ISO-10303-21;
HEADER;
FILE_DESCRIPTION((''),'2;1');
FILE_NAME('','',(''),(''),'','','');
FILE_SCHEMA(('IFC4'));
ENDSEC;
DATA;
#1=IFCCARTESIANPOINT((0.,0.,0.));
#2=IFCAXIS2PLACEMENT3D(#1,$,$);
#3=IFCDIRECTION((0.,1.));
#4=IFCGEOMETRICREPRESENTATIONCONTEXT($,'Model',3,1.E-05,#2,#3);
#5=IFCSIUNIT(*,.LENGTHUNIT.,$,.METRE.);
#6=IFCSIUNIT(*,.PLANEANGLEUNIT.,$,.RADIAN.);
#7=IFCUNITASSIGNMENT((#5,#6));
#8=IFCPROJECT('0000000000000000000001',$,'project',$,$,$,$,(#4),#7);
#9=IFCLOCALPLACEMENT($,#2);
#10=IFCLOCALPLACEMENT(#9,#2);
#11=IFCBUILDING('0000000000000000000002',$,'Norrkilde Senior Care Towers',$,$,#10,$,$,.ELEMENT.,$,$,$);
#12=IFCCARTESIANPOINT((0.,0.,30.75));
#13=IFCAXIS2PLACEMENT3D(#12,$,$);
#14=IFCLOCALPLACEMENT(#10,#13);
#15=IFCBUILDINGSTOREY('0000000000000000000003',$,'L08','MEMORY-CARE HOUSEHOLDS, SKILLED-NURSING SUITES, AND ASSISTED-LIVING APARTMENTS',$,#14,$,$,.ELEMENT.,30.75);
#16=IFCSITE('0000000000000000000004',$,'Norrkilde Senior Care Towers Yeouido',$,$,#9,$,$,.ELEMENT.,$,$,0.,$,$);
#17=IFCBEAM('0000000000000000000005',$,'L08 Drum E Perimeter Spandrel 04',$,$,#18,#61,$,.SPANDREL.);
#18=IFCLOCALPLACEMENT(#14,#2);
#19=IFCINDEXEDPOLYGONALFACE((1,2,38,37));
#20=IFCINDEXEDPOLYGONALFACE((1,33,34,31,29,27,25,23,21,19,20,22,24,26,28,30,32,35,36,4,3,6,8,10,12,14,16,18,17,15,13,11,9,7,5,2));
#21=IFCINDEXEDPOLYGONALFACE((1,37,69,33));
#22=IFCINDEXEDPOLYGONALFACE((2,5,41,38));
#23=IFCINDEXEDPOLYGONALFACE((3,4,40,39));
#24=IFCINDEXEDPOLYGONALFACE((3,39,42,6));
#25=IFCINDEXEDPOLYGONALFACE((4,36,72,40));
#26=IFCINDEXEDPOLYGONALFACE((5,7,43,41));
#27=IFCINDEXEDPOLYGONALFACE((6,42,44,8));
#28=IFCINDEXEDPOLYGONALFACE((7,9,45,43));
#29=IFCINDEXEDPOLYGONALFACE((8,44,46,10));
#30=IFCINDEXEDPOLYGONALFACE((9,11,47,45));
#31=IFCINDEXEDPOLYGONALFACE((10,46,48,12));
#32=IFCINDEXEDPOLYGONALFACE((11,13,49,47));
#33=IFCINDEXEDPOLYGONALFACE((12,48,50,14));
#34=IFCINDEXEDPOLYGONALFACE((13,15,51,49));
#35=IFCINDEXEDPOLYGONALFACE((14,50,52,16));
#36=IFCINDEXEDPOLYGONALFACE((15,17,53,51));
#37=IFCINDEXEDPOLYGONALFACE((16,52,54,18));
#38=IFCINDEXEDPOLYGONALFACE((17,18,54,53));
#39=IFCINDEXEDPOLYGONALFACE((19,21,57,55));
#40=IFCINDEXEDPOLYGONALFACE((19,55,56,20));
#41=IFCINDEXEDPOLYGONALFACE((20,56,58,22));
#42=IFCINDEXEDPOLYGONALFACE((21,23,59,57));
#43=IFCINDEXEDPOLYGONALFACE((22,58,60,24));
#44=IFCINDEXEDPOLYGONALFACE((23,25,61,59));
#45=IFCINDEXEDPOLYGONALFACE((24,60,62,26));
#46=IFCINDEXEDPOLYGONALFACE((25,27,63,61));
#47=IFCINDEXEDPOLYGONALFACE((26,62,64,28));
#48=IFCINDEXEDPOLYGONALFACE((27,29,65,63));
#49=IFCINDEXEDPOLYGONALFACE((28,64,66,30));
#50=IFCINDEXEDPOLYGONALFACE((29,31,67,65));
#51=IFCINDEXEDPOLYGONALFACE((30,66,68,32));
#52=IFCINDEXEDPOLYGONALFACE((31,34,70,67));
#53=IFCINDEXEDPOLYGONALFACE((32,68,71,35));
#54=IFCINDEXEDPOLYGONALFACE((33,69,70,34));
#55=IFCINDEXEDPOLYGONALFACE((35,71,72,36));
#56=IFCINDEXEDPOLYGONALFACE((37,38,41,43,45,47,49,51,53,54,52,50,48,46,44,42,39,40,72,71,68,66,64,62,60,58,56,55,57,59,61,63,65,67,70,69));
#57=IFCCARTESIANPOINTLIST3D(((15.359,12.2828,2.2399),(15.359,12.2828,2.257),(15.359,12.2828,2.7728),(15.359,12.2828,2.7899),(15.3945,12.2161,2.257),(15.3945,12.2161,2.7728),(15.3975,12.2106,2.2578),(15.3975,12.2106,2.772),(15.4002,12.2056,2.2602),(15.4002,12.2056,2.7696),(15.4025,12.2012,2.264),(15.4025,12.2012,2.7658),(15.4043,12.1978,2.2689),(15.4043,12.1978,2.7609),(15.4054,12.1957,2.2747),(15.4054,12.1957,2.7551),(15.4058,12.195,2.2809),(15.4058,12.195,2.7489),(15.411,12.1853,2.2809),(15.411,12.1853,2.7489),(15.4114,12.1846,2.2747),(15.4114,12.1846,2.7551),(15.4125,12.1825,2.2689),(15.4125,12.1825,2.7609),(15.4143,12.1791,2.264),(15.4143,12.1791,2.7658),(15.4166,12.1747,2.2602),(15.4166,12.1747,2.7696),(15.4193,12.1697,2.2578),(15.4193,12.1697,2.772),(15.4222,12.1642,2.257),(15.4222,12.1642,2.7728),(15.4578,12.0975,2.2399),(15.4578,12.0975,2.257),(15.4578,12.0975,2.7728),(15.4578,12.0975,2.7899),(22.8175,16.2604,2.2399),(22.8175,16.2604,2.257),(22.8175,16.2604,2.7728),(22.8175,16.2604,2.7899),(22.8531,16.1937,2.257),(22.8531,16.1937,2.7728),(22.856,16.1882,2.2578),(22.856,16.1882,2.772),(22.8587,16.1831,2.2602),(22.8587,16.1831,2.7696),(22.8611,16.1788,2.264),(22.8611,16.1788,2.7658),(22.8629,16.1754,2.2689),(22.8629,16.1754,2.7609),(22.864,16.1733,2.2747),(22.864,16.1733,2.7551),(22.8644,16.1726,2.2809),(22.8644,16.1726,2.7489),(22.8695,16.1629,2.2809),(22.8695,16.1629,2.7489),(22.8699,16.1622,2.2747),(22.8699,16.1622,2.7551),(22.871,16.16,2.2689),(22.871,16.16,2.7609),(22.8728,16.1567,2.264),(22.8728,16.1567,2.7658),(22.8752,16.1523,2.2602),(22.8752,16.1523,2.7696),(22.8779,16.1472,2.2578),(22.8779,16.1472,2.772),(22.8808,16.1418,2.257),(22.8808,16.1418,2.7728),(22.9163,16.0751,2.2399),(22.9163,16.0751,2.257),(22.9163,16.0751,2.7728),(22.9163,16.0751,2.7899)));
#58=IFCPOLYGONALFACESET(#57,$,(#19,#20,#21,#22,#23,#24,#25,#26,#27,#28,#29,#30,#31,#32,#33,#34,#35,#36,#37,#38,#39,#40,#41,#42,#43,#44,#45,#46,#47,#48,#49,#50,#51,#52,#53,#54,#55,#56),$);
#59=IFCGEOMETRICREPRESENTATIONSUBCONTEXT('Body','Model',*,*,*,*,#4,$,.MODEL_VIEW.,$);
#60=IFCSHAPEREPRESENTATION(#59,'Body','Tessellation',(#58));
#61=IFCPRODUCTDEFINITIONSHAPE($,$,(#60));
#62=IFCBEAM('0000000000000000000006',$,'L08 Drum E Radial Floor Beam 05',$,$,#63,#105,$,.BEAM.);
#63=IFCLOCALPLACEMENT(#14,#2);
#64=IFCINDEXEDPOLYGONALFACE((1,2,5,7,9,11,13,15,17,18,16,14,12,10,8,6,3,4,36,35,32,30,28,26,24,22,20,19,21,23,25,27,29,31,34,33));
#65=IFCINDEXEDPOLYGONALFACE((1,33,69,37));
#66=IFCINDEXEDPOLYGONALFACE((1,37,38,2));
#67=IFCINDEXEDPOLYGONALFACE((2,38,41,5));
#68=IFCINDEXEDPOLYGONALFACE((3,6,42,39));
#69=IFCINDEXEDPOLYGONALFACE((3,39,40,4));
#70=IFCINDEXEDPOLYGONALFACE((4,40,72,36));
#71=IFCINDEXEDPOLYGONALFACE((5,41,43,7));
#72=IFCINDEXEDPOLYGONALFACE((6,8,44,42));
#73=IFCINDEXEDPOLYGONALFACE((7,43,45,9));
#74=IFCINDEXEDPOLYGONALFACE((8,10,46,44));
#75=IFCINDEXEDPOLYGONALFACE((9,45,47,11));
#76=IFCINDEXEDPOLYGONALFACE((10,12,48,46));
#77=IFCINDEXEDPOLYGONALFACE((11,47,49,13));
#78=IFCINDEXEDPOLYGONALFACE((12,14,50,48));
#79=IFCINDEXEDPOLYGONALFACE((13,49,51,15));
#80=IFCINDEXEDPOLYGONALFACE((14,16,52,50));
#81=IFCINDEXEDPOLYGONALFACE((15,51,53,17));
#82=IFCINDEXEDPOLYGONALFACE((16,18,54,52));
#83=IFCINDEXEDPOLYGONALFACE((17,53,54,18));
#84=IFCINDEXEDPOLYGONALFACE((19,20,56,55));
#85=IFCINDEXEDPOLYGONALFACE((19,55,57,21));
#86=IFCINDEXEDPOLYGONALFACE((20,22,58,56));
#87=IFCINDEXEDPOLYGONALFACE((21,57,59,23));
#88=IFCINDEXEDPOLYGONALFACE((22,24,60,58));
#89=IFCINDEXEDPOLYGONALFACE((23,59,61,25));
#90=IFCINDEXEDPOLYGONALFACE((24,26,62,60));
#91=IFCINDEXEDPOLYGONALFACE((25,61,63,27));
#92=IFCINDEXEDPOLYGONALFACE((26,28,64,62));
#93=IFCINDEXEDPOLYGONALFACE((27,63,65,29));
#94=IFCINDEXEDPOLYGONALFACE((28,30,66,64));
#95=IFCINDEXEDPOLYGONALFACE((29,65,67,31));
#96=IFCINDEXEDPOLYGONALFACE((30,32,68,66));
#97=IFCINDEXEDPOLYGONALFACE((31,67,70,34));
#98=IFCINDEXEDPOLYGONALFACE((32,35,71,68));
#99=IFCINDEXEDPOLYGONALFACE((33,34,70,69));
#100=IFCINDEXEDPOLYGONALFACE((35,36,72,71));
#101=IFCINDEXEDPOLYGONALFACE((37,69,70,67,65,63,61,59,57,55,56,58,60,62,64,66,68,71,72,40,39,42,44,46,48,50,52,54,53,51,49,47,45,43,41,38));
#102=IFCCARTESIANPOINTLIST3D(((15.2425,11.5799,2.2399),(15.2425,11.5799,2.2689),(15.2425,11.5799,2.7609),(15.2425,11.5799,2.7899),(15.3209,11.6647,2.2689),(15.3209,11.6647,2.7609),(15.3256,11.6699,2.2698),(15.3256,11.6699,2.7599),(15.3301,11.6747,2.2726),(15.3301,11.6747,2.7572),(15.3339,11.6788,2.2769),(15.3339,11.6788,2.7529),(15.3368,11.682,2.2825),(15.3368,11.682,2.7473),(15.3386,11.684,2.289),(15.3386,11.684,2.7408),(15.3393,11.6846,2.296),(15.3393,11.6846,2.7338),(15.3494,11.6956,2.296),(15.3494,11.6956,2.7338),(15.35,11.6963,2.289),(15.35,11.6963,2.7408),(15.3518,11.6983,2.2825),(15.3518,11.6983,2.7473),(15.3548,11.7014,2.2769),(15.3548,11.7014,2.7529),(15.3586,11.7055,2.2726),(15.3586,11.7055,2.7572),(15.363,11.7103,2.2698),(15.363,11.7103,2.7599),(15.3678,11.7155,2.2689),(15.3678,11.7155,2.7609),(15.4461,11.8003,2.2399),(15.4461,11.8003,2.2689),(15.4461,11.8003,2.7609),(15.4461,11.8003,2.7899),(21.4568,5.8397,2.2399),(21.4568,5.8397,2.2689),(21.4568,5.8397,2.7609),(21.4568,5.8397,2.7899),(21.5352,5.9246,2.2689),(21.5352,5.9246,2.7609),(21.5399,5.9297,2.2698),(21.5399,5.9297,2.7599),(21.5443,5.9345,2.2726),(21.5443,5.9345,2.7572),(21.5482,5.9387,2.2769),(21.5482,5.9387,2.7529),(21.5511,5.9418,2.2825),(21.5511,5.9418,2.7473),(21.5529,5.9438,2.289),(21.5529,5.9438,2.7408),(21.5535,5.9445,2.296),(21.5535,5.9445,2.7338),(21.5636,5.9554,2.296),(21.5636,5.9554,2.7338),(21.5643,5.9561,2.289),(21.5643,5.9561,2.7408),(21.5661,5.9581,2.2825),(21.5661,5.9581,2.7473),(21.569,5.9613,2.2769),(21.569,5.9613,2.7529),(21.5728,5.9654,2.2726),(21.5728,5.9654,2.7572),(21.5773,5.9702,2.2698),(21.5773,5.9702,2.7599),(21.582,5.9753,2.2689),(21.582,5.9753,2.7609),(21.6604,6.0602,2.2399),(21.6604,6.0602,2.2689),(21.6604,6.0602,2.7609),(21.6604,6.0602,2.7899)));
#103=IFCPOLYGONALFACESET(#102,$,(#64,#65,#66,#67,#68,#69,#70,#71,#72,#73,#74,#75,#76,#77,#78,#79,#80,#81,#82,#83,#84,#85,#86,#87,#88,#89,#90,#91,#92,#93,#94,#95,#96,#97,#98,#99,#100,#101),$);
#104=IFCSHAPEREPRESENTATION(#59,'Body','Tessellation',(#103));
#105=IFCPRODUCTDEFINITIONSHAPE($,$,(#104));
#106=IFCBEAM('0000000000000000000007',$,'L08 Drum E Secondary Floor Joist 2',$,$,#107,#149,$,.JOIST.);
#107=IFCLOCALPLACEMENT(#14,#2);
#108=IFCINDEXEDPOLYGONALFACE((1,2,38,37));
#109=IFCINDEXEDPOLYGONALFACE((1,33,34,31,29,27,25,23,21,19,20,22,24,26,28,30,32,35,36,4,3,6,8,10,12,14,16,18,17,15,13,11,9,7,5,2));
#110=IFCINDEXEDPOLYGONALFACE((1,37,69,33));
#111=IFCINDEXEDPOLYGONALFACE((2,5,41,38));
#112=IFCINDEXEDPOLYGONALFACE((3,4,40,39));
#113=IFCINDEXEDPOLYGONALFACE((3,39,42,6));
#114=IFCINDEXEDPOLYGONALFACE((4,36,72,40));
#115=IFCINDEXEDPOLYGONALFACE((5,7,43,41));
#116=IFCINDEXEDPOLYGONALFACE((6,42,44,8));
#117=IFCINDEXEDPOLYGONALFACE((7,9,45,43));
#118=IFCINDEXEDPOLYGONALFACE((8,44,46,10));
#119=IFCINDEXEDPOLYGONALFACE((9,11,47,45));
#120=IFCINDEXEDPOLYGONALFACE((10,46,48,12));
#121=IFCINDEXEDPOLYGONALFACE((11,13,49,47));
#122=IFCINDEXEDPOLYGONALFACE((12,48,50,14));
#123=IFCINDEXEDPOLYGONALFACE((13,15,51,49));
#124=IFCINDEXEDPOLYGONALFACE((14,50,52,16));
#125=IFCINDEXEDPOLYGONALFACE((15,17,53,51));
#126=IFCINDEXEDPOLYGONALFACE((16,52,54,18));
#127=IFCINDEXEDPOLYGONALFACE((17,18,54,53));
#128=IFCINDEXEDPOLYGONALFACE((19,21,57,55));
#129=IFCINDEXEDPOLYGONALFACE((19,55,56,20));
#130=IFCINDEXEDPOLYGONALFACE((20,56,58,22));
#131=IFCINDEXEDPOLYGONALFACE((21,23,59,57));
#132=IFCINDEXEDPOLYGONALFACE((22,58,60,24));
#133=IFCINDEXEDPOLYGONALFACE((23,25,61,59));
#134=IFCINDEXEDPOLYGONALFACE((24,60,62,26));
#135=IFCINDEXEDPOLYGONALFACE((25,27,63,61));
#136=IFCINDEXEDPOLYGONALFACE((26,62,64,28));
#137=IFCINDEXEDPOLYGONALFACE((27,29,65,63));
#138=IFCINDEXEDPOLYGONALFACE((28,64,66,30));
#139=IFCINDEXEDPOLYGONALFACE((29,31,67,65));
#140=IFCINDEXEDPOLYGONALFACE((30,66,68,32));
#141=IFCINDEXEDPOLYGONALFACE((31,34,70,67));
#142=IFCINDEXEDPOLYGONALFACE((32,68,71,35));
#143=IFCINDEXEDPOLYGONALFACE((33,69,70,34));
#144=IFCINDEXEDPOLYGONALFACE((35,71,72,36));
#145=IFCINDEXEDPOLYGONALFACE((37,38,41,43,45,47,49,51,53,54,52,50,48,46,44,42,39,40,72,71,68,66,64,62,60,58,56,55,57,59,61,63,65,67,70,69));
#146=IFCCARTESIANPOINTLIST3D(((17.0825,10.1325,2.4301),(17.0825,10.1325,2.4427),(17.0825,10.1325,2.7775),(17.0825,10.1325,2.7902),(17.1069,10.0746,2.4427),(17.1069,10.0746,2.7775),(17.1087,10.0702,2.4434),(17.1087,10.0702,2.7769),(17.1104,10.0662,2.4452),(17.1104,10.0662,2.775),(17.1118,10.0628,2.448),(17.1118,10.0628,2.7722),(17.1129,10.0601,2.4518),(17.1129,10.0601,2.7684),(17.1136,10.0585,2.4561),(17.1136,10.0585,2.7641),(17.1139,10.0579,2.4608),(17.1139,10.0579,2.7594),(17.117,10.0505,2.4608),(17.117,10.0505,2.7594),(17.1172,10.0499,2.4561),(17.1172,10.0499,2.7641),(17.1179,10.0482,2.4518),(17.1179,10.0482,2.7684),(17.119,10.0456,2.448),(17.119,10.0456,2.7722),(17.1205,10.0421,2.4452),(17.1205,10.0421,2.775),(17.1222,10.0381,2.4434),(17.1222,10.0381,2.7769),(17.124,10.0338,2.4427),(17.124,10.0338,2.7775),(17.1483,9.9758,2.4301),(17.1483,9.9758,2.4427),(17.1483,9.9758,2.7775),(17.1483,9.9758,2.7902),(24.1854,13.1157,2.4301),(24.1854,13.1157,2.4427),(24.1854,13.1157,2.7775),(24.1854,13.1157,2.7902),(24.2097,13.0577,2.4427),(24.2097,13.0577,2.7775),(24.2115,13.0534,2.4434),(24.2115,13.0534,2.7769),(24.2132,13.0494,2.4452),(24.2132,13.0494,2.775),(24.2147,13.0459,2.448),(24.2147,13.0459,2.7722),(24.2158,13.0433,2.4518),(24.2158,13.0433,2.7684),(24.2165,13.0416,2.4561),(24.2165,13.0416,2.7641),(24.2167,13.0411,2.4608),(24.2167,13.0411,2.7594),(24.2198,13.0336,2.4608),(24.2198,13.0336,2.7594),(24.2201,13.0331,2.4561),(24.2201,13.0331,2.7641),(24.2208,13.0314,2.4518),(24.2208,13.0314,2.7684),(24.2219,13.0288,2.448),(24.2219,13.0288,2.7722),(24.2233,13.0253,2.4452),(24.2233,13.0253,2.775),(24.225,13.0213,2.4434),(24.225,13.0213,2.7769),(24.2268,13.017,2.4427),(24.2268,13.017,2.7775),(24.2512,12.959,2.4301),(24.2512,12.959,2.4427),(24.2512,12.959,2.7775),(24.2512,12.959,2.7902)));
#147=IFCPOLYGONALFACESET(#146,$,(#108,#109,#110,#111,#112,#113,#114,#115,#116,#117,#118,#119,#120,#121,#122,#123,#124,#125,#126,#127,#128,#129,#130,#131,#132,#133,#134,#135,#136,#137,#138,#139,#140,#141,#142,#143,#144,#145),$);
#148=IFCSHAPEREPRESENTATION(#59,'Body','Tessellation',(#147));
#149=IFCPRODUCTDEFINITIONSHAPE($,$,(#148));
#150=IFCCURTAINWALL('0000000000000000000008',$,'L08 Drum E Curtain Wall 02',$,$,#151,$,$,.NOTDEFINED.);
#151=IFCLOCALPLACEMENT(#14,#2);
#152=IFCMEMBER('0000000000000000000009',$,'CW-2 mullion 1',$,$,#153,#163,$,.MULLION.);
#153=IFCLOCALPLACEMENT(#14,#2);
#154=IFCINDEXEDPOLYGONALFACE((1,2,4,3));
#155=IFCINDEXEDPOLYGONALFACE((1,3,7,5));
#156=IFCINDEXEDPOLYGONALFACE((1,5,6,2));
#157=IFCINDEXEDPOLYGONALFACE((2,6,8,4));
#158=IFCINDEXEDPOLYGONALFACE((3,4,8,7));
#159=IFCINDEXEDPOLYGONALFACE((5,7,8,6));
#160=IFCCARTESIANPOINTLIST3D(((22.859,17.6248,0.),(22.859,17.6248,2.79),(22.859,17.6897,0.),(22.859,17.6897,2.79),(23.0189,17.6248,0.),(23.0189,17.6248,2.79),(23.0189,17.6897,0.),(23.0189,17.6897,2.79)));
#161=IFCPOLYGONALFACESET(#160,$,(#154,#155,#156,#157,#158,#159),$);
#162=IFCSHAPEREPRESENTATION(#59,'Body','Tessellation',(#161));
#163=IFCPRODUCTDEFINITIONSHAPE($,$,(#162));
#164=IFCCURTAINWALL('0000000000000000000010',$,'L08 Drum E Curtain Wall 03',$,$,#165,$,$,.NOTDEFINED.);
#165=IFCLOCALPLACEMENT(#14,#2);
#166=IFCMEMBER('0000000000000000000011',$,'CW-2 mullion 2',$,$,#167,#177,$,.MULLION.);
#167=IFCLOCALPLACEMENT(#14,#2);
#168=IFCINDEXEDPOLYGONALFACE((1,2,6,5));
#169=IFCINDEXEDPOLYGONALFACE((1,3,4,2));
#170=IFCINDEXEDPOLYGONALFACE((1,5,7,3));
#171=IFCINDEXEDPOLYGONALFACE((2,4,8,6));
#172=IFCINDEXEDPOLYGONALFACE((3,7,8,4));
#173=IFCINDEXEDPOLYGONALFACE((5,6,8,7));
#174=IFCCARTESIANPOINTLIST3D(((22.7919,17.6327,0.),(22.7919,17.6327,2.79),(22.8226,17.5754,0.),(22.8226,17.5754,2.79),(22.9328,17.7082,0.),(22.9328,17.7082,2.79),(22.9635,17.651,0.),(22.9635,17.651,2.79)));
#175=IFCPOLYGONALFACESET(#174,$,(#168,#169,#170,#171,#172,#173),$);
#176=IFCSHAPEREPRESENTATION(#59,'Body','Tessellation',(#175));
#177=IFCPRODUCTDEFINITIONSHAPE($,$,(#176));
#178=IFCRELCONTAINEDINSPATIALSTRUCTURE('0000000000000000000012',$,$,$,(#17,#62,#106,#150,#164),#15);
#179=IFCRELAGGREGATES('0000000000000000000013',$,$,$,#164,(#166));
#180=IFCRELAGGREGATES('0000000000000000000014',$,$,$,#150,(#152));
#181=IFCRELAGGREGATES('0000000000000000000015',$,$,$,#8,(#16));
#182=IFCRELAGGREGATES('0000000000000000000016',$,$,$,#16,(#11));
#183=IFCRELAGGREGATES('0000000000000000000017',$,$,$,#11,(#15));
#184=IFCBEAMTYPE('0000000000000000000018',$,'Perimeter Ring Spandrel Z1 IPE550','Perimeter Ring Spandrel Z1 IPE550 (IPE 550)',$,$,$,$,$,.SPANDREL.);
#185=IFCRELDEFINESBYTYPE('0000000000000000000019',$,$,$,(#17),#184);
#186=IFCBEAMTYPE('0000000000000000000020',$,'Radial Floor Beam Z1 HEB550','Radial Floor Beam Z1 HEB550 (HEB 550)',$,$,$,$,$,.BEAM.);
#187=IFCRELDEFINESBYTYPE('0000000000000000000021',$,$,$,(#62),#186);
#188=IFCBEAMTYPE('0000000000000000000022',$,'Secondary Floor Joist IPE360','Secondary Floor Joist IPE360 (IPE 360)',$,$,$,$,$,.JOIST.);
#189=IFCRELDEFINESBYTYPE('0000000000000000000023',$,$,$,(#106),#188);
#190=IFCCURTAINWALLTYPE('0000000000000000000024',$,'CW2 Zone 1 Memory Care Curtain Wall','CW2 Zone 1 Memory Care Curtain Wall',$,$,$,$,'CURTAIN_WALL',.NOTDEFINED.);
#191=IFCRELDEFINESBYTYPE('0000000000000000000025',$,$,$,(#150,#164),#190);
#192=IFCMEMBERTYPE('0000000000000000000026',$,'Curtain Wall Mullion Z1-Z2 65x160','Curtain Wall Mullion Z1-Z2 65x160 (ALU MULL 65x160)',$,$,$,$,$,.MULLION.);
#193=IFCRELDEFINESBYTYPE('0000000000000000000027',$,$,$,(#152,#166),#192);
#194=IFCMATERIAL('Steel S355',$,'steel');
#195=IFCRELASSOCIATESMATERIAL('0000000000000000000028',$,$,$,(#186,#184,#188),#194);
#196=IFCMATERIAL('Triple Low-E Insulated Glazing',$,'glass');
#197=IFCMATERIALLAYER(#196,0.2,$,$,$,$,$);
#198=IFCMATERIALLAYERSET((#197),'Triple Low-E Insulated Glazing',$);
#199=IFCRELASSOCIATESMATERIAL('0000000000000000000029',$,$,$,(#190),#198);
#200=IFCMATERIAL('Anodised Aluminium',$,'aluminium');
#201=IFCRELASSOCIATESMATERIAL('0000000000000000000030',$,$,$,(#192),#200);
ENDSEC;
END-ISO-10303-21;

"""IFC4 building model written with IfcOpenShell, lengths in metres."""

from ifc_helpers import new_model, si_unit, direction, frame, origin, origin_2d, place, context, subcontext, project, spatial, rectangle, i_section, extrude, source, transform, mapped, material, layer, layer_set, material_profile, profile_set, type_object, type_shapes, element, aggregate, save


model = new_model("IFC4")

# Units and contexts
model_context = context("Model", 3, precision=1e-05, world=origin(), true_north=direction((0.0, 1.0)))
body_context = subcontext(model_context, "Body", "Model", "MODEL_VIEW")
ifc_project = project(units=[si_unit("LENGTHUNIT", "METRE"), si_unit("PLANEANGLEUNIT", "RADIAN")], contexts=[model_context])

# Site, building, storey
site_placement = place(None, origin())
site = spatial("IfcSite", under=ifc_project, at=site_placement, Name="Norrkilde Senior Care Towers Yeouido", CompositionType="ELEMENT", RefElevation=0.0)
building_placement = place(site_placement, origin())
building = spatial("IfcBuilding", under=site, at=building_placement, Name="Norrkilde Senior Care Towers", CompositionType="ELEMENT")
storey_placement = place(building_placement, frame((0.0, 0.0, 30.75)))
storey = spatial("IfcBuildingStorey", under=building, at=storey_placement, Name="L08", Description="MEMORY-CARE HOUSEHOLDS, SKILLED-NURSING SUITES, AND ASSISTED-LIVING APARTMENTS", CompositionType="ELEMENT", Elevation=30.75)

# Beams
ifc_material_1 = material(Name="Steel S355", Category="steel")
ifc_material_profile_1 = material_profile(ifc_material_1, i_section(OverallWidth=0.3, OverallDepth=0.55, WebThickness=0.0149, FlangeThickness=0.0291, FilletRadius=0.0271, at=origin_2d()), Name="HEB 550")
ifc_profile_set_1 = profile_set([ifc_material_profile_1], Name="Steel S355")
beam_type_1 = type_object("IfcBeamType", Name="Radial Floor Beam Z1 HEB550", Description="Radial Floor Beam Z1 HEB550 (HEB 550)", PredefinedType="BEAM", material=ifc_profile_set_1)
ifc_material_profile_2 = material_profile(ifc_material_1, i_section(OverallWidth=0.21, OverallDepth=0.55, WebThickness=0.011, FlangeThickness=0.0171, FilletRadius=0.0239, at=origin_2d()), Name="IPE 550")
ifc_profile_set_2 = profile_set([ifc_material_profile_2], Name="Steel S355")
beam_type_2 = type_object("IfcBeamType", Name="Perimeter Ring Spandrel Z1 IPE550", Description="Perimeter Ring Spandrel Z1 IPE550 (IPE 550)", PredefinedType="SPANDREL", material=ifc_profile_set_2)
shared_shape_1 = source(origin(), body_context, "Body", "SweptSolid", [
    extrude(i_section(OverallWidth=0.21, OverallDepth=0.55, WebThickness=0.011, FlangeThickness=0.0171, FilletRadius=0.0239, at=origin_2d()), origin(), (0.0, 0.0, 1.0), 8.4529),
])
type_shapes(beam_type_2, [shared_shape_1])
beam_1_placement = place(storey_placement, frame((22.8669, 16.1677, 2.5149), z_axis=(-0.882369, -0.470558, 0.0), x_axis=(0.470558, -0.882369, 0.0)))
element("IfcBeam", 1, at=beam_1_placement, inside=storey, type_object=beam_type_2, Name="L08 Drum E Perimeter Spandrel 04", PredefinedType="SPANDREL", context=body_context, shape_type="MappedRepresentation", body=[
    mapped(shared_shape_1, transform((0.0, 0.0, 0.0), x_axis=(1.0, 0.0, 0.0), y_axis=(0.0, 1.0, 0.0), z_axis=(0.0, 0.0, 1.0), scale=1.0)),
])
shared_shape_2 = source(origin(), body_context, "Body", "SweptSolid", [
    extrude(i_section(OverallWidth=0.3, OverallDepth=0.55, WebThickness=0.0149, FlangeThickness=0.0291, FilletRadius=0.0271, at=origin_2d()), origin(), (0.0, 0.0, 1.0), 8.4597),
])
beam_2_placement = place(storey_placement, frame((21.5586, 5.95, 2.5149), z_axis=(-0.734573, 0.678529, 0.0), x_axis=(-0.678529, -0.734573, 0.0)))
element("IfcBeam", 2, at=beam_2_placement, inside=storey, type_object=beam_type_1, Name="L08 Drum E Radial Floor Beam 05", PredefinedType="BEAM", context=body_context, shape_type="MappedRepresentation", body=[
    mapped(shared_shape_2, transform((0.0, 0.0, 0.0), x_axis=(1.0, 0.0, 0.0), y_axis=(0.0, 1.0, 0.0), z_axis=(0.0, 0.0, 1.0), scale=1.0)),
])
ifc_material_profile_3 = material_profile(ifc_material_1, i_section(OverallWidth=0.1699, OverallDepth=0.3601, WebThickness=0.0081, FlangeThickness=0.0127, FilletRadius=0.0181, at=origin_2d()), Name="IPE 360")
ifc_profile_set_3 = profile_set([ifc_material_profile_3], Name="Steel S355")
beam_type_3 = type_object("IfcBeamType", Name="Secondary Floor Joist IPE360", Description="Secondary Floor Joist IPE360 (IPE 360)", PredefinedType="JOIST", material=ifc_profile_set_3)
shared_shape_3 = source(origin(), body_context, "Body", "SweptSolid", [
    extrude(i_section(OverallWidth=0.1699, OverallDepth=0.3601, WebThickness=0.0081, FlangeThickness=0.0127, FilletRadius=0.0181, at=origin_2d()), origin(), (0.0, 0.0, 1.0), 7.7039),
])
type_shapes(beam_type_3, [shared_shape_3])
beam_3_placement = place(storey_placement, frame((24.2183, 13.0374, 2.6101), z_axis=(-0.921983, -0.387231, 0.0), x_axis=(0.387231, -0.921983, 0.0)))
element("IfcBeam", 3, at=beam_3_placement, inside=storey, type_object=beam_type_3, Name="L08 Drum E Secondary Floor Joist 2", PredefinedType="JOIST", context=body_context, shape_type="MappedRepresentation", body=[
    mapped(shared_shape_3, transform((0.0, 0.0, 0.0), x_axis=(1.0, 0.0, 0.0), y_axis=(0.0, 1.0, 0.0), z_axis=(0.0, 0.0, 1.0), scale=1.0)),
])

# Curtain walls, members
ifc_material_2 = material(Name="Triple Low-E Insulated Glazing", Category="glass")
ifc_layer_1 = layer(ifc_material_2, 0.2)
ifc_layer_set_1 = layer_set([ifc_layer_1], Name="Triple Low-E Insulated Glazing")
curtain_wall_type = type_object("IfcCurtainWallType", Name="CW2 Zone 1 Memory Care Curtain Wall", Description="CW2 Zone 1 Memory Care Curtain Wall", ElementType="CURTAIN_WALL", PredefinedType="NOTDEFINED", material=ifc_layer_set_1)
curtain_wall_1_placement = place(storey_placement, origin())
curtain_wall_1 = element("IfcCurtainWall", 4, at=curtain_wall_1_placement, inside=storey, type_object=curtain_wall_type, Name="L08 Drum E Curtain Wall 02", PredefinedType="NOTDEFINED")
ifc_material_3 = material(Name="Anodised Aluminium", Category="aluminium")
ifc_material_profile_4 = material_profile(ifc_material_3, rectangle(XDim=0.0649, YDim=0.1599, at=origin_2d()), Name="ALU MULL 65x160")
ifc_profile_set_4 = profile_set([ifc_material_profile_4], Name="Anodised Aluminium")
member_type_1 = type_object("IfcMemberType", Name="Curtain Wall Mullion Z1-Z2 65x160", Description="Curtain Wall Mullion Z1-Z2 65x160 (ALU MULL 65x160)", PredefinedType="MULLION", material=ifc_profile_set_4)
shared_shape_4 = source(origin(), body_context, "Body", "SweptSolid", [
    extrude(rectangle(XDim=0.0649, YDim=0.1599, at=origin_2d()), origin(), (0.0, 0.0, 1.0), 2.79),
])
type_shapes(member_type_1, [shared_shape_4])
member_1_placement = place(storey_placement, frame((22.939, 17.6572, 0.0), z_axis=(0.0, 0.0, 1.0), x_axis=(0.0, 1.0, 0.0)))
member_1 = element("IfcMember", 5, at=member_1_placement, type_object=member_type_1, Name="CW-2 mullion 1", PredefinedType="MULLION", context=body_context, shape_type="MappedRepresentation", body=[
    mapped(shared_shape_4, transform((0.0, 0.0, 0.0), x_axis=(1.0, 0.0, 0.0), y_axis=(0.0, 1.0, 0.0), z_axis=(0.0, 0.0, 1.0), scale=1.0)),
])
curtain_wall_2_placement = place(storey_placement, origin())
curtain_wall_2 = element("IfcCurtainWall", 6, at=curtain_wall_2_placement, inside=storey, type_object=curtain_wall_type, Name="L08 Drum E Curtain Wall 03", PredefinedType="NOTDEFINED")
member_2_placement = place(storey_placement, frame((22.8777, 17.6418, 0.0), z_axis=(0.0, 0.0, 1.0), x_axis=(-0.472608, 0.881273, 0.0)))
member_2 = element("IfcMember", 7, at=member_2_placement, type_object=member_type_1, Name="CW-2 mullion 2", PredefinedType="MULLION", context=body_context, shape_type="MappedRepresentation", body=[
    mapped(shared_shape_4, transform((0.0, 0.0, 0.0), x_axis=(1.0, 0.0, 0.0), y_axis=(0.0, 1.0, 0.0), z_axis=(0.0, 0.0, 1.0), scale=1.0)),
])
aggregate(curtain_wall_2, [member_2])

aggregate(curtain_wall_1, [member_1])

save(model, "model.ifc")
